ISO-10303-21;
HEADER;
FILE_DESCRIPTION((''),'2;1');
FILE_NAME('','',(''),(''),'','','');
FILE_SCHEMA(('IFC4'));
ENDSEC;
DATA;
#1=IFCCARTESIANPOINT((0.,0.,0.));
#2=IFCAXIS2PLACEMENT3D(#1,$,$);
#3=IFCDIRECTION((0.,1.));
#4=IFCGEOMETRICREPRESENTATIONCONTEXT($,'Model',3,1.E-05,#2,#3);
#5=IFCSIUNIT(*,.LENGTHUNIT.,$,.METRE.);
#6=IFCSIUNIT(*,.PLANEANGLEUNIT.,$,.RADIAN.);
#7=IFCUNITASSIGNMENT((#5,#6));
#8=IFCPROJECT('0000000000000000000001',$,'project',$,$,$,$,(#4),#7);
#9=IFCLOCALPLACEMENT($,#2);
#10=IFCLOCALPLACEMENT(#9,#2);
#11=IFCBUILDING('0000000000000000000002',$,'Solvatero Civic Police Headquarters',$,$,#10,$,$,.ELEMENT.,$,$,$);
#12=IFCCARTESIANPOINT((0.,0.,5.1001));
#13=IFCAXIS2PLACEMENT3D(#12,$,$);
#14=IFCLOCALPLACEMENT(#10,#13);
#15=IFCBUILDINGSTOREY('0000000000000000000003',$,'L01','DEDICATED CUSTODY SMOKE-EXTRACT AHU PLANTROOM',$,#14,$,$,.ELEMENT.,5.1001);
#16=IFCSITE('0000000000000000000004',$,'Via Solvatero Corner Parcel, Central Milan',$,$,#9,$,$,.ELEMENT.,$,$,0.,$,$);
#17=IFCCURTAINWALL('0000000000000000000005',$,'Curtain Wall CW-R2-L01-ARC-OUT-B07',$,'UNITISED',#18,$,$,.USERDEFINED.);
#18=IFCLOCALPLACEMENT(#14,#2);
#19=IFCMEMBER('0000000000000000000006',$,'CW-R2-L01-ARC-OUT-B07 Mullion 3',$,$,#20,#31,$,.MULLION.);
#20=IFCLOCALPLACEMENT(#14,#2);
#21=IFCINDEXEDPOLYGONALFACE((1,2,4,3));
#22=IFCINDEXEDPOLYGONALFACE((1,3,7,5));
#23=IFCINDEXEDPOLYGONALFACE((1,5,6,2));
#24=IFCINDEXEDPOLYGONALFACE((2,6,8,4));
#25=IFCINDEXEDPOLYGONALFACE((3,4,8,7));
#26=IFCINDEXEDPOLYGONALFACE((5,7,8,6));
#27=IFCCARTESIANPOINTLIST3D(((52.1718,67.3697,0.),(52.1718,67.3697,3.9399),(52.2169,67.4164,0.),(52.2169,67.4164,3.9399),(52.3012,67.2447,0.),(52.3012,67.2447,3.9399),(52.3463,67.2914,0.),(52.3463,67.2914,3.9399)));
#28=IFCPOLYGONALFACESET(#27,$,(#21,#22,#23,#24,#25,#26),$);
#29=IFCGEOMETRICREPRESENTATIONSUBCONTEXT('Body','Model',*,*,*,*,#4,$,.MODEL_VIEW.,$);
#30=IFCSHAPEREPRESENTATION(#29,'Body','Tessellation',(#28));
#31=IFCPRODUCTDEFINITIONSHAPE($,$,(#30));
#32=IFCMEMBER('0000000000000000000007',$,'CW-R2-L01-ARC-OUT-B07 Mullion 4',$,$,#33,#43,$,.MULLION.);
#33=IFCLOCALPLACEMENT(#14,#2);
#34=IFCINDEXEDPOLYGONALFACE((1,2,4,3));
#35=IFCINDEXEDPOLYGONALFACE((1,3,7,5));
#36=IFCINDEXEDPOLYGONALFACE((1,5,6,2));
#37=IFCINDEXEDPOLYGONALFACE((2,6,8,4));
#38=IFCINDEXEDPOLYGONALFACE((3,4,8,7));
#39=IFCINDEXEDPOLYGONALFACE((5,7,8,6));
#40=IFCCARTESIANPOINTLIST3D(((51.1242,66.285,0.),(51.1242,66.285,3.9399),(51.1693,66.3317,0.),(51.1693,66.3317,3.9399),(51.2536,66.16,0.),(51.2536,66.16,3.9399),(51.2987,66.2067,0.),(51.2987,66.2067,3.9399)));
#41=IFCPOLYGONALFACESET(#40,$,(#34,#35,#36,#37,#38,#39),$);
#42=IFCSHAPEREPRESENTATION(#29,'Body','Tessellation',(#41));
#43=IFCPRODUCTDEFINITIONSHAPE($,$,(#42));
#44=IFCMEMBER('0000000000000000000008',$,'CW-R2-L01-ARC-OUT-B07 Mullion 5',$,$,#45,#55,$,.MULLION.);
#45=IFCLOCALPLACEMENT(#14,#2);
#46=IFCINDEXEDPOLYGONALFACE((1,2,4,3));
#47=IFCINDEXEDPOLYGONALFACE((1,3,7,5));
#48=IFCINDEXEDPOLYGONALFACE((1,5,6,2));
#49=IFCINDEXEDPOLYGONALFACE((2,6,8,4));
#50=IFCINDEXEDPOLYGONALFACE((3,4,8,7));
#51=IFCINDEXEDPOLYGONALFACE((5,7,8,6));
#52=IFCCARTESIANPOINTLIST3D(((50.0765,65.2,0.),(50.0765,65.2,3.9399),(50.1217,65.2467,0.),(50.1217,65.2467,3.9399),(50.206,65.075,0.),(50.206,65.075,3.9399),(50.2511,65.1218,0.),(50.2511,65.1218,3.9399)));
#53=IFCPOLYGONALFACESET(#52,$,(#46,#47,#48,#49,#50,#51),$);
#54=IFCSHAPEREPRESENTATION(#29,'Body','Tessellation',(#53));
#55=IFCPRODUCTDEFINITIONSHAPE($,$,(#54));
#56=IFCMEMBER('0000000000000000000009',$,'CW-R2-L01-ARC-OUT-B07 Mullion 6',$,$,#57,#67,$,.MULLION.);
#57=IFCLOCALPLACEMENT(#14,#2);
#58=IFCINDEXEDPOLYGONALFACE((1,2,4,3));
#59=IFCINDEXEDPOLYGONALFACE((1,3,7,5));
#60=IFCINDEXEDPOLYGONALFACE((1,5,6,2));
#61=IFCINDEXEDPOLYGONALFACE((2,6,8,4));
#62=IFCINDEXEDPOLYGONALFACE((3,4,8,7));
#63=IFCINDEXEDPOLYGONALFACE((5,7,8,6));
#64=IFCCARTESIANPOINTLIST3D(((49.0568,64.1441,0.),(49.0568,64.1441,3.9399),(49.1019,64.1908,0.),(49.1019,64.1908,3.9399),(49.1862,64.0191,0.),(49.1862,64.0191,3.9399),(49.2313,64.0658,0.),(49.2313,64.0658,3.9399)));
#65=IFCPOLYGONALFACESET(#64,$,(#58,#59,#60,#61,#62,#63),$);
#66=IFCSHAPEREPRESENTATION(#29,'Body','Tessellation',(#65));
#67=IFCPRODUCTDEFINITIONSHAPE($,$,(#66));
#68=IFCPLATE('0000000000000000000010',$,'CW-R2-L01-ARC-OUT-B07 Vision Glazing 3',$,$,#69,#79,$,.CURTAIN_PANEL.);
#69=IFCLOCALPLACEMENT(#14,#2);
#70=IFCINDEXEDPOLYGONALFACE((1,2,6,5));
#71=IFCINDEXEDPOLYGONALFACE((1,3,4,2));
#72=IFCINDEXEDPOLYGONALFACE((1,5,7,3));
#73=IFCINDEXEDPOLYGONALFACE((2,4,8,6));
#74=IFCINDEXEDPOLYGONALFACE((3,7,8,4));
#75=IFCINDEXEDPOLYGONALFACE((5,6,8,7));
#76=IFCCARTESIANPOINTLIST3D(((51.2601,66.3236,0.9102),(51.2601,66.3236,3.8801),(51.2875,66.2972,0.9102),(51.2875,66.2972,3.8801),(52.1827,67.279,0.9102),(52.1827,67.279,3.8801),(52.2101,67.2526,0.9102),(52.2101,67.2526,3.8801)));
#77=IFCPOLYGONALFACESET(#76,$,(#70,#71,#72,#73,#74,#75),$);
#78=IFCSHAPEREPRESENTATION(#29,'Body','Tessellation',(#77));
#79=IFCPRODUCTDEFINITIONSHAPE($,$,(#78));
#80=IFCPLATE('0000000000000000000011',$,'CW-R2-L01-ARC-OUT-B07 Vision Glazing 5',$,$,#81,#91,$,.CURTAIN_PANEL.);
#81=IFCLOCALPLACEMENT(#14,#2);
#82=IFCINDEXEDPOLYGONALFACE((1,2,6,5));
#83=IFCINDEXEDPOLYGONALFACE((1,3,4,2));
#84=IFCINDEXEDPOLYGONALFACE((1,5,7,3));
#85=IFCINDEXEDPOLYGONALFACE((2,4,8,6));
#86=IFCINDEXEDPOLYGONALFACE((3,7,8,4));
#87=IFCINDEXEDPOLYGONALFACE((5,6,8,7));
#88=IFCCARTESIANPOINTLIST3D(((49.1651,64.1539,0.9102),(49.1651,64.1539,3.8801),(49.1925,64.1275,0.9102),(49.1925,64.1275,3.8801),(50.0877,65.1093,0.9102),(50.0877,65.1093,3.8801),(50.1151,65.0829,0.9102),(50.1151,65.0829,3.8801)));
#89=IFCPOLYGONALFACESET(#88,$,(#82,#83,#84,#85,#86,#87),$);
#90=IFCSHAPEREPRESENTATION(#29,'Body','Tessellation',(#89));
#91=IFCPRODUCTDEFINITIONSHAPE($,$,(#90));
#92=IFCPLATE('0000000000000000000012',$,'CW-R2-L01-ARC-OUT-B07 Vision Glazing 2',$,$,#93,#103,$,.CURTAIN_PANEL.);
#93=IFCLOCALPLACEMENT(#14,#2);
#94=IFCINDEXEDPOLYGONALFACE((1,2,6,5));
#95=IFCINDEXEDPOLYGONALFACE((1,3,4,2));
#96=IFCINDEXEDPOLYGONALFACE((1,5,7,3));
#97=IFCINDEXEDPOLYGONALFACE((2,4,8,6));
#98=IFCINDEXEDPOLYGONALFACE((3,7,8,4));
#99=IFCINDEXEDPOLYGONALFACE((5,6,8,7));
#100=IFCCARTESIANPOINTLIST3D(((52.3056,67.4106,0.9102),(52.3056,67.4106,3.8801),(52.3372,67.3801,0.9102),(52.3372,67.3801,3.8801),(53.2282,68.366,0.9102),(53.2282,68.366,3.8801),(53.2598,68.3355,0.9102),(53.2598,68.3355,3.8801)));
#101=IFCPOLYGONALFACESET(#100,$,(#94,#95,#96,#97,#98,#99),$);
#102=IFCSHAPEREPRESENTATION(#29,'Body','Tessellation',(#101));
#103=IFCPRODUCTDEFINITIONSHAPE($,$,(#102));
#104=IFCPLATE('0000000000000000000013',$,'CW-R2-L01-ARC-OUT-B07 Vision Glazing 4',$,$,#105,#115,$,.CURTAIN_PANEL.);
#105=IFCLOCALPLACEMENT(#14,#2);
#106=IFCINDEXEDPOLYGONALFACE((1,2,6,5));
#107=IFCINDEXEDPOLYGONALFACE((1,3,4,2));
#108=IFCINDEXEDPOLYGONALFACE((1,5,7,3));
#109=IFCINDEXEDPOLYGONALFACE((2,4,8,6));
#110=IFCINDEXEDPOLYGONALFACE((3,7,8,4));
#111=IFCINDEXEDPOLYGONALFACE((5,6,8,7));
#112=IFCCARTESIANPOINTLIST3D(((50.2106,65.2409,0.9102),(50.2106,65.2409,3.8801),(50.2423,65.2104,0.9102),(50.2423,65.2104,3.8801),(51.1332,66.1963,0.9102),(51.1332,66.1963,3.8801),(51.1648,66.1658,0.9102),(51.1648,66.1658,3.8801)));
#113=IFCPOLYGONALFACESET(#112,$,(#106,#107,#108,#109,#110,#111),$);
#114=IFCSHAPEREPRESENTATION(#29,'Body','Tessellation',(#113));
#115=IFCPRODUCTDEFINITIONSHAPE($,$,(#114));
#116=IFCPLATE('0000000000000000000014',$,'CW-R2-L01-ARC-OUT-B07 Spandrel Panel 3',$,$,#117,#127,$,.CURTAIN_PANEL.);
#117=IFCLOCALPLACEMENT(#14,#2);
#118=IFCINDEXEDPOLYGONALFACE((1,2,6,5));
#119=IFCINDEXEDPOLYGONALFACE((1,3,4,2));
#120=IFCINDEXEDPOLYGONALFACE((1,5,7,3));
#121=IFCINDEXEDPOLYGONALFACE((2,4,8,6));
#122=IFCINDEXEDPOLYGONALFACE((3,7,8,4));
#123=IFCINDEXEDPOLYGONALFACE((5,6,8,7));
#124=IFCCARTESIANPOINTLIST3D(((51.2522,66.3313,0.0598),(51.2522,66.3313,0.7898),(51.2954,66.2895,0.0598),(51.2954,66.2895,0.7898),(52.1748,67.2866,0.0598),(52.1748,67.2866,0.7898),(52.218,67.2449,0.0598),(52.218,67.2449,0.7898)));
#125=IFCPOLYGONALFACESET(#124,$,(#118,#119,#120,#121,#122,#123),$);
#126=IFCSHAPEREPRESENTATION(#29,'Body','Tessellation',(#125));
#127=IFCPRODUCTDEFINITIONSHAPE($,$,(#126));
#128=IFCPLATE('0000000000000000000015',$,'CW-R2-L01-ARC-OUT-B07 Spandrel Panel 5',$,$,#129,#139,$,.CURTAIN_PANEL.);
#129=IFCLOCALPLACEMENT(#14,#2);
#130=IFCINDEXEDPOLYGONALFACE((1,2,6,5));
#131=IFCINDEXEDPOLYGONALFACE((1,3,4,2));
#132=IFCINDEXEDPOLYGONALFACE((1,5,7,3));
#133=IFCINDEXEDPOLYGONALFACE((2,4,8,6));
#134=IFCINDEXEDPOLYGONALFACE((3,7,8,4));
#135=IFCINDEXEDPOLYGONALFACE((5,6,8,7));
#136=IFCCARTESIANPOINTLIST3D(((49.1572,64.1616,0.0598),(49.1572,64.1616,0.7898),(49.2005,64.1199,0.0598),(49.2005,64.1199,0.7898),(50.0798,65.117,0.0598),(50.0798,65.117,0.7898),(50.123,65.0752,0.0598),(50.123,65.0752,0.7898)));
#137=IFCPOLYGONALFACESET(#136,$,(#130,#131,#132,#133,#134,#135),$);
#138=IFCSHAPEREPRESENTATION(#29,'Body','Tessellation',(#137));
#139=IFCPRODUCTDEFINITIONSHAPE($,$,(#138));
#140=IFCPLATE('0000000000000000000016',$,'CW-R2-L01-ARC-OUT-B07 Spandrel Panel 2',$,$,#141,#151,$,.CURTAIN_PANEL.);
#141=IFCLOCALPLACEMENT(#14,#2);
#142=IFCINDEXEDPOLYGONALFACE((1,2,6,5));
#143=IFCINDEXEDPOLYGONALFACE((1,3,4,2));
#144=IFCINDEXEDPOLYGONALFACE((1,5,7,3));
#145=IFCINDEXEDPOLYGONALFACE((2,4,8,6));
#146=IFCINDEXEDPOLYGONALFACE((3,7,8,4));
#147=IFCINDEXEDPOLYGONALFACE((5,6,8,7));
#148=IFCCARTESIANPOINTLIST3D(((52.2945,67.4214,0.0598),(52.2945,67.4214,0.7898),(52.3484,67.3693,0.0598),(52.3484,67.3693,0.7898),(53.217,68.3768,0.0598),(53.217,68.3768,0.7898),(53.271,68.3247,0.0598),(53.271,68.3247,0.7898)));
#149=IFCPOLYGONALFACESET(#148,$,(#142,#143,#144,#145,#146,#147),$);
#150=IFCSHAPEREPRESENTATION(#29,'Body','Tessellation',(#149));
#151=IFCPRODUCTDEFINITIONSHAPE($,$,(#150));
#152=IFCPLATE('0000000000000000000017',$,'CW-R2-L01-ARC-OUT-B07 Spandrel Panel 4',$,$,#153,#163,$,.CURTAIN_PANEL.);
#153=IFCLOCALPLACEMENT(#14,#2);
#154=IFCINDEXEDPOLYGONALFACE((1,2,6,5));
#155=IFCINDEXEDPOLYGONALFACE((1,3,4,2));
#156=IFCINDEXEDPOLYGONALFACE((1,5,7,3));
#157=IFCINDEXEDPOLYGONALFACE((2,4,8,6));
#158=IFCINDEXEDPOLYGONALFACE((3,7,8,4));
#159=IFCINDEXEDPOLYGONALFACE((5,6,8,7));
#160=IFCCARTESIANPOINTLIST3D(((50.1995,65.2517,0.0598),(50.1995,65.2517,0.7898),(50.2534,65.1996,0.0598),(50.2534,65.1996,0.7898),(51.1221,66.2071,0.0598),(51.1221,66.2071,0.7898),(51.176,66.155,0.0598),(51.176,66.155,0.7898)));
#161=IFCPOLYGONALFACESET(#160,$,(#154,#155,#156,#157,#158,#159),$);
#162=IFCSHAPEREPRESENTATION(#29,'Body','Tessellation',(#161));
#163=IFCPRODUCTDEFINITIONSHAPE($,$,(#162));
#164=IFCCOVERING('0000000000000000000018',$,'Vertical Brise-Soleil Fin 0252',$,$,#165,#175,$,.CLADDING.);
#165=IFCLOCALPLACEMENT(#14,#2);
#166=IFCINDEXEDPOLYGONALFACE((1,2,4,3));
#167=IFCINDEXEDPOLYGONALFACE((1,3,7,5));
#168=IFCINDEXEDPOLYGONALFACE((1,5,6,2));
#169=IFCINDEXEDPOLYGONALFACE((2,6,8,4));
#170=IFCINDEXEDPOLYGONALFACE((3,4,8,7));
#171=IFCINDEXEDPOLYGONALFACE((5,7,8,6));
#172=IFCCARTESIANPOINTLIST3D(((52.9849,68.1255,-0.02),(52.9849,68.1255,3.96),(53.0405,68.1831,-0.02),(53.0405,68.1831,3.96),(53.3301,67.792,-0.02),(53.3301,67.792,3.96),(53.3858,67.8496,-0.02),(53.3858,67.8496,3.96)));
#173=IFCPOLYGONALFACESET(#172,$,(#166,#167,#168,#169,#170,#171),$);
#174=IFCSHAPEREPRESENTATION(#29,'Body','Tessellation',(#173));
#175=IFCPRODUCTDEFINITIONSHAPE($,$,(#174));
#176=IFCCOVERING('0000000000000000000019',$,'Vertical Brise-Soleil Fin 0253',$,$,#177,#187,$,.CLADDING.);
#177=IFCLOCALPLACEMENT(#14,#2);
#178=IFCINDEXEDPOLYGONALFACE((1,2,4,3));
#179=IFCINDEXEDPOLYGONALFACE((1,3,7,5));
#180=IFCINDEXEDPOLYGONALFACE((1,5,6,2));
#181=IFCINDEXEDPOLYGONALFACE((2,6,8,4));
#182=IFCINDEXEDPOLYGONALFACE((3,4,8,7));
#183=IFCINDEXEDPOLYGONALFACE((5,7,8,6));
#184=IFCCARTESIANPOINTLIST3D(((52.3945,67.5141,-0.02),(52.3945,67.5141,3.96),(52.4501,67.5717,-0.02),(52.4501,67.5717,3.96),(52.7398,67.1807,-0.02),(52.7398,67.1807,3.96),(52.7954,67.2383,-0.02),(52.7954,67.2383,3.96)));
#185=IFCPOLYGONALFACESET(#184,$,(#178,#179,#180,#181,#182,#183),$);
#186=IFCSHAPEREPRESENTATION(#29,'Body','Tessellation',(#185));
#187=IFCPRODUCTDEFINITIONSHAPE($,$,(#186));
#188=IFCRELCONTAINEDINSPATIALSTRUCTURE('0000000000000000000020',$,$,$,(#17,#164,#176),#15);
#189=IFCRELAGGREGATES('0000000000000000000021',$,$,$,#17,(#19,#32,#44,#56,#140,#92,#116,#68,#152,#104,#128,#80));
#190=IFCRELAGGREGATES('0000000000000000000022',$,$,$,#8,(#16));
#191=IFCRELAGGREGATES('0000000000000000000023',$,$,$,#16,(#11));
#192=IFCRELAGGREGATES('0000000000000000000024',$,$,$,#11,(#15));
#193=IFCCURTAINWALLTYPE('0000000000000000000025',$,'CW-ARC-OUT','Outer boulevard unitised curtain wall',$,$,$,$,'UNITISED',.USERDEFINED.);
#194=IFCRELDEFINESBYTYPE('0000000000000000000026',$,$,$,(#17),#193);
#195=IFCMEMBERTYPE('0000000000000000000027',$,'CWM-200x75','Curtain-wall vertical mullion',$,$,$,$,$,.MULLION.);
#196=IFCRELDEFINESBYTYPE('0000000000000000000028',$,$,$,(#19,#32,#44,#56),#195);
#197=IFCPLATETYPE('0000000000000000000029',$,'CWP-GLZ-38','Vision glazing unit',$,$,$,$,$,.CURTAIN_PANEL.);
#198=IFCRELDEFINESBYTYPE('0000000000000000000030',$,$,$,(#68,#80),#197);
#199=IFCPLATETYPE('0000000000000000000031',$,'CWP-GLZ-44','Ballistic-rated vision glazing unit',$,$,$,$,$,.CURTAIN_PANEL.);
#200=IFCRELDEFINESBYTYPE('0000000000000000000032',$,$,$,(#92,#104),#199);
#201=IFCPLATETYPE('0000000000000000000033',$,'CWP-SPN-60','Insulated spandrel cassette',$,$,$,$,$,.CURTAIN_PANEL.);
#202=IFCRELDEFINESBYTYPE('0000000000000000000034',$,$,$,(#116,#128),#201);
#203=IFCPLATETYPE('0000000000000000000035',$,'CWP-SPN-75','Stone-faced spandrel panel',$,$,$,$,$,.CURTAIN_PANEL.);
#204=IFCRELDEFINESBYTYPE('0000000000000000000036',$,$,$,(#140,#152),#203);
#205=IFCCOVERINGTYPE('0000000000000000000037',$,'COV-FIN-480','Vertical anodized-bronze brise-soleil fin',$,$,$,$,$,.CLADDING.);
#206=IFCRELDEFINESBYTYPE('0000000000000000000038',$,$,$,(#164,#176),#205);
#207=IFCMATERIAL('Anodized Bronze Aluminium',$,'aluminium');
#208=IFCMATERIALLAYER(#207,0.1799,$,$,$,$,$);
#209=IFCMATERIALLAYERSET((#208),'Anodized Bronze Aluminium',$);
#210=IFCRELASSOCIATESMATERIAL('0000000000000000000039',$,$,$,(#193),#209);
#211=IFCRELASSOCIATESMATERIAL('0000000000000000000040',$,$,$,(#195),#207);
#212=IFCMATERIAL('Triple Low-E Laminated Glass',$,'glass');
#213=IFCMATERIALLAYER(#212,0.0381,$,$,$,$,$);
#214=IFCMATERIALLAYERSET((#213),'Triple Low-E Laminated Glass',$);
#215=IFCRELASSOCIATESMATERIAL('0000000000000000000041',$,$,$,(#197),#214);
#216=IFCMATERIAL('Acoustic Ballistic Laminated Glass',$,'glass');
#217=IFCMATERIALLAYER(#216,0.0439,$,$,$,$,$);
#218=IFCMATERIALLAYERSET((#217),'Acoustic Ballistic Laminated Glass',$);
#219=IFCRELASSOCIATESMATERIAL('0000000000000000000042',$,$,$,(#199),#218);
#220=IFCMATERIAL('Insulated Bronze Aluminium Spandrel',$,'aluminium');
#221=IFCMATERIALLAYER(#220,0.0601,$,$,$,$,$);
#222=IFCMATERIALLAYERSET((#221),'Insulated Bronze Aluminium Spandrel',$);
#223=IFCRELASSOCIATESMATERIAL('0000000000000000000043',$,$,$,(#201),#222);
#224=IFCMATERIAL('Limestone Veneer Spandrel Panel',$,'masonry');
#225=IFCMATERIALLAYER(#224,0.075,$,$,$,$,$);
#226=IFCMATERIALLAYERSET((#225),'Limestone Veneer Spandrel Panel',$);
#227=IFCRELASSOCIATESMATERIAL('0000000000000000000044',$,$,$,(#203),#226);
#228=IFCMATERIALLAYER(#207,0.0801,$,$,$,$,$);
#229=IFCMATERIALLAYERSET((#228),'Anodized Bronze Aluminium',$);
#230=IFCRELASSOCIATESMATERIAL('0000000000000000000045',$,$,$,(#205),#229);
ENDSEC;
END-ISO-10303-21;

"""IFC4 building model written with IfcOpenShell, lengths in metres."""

from ifc_helpers import new_model, si_unit, direction, frame, origin, origin_2d, place, context, subcontext, project, spatial, rectangle, extrude, material, layer, layer_set, material_profile, profile_set, type_object, element, aggregate, save


model = new_model("IFC4")

# Units and contexts
model_context = context("Model", 3, precision=1e-05, world=origin(), true_north=direction((0.0, 1.0)))
body_context = subcontext(model_context, "Body", "Model", "MODEL_VIEW")
ifc_project = project(units=[si_unit("LENGTHUNIT", "METRE"), si_unit("PLANEANGLEUNIT", "RADIAN")], contexts=[model_context])

# Site, building, storey
site_placement = place(None, origin())
site = spatial("IfcSite", under=ifc_project, at=site_placement, Name="Via Solvatero Corner Parcel, Central Milan", CompositionType="ELEMENT", RefElevation=0.0)
building_placement = place(site_placement, origin())
building = spatial("IfcBuilding", under=site, at=building_placement, Name="Solvatero Civic Police Headquarters", CompositionType="ELEMENT")
storey_placement = place(building_placement, frame((0.0, 0.0, 5.1001)))
storey = spatial("IfcBuildingStorey", under=building, at=storey_placement, Name="L01", Description="DEDICATED CUSTODY SMOKE-EXTRACT AHU PLANTROOM", CompositionType="ELEMENT", Elevation=5.1001)

# Curtain wall, members, plates
ifc_material_1 = material(Name="Anodized Bronze Aluminium", Category="aluminium")
ifc_layer_1 = layer(ifc_material_1, 0.1799)
ifc_layer_set_1 = layer_set([ifc_layer_1], Name="Anodized Bronze Aluminium")
curtain_wall_type = type_object("IfcCurtainWallType", Name="CW-ARC-OUT", Description="Outer boulevard unitised curtain wall", ElementType="UNITISED", PredefinedType="USERDEFINED", material=ifc_layer_set_1)
curtain_wall_placement = place(storey_placement, origin())
curtain_wall = element("IfcCurtainWall", 1, at=curtain_wall_placement, inside=storey, type_object=curtain_wall_type, Name="Curtain Wall CW-R2-L01-ARC-OUT-B07", ObjectType="UNITISED", PredefinedType="USERDEFINED")
ifc_material_profile = material_profile(ifc_material_1, rectangle(XDim=0.0649, YDim=0.1799, at=origin_2d()), Name="ALU MULLION 65x180")
ifc_profile_set = profile_set([ifc_material_profile], Name="Anodized Bronze Aluminium")
member_type = type_object("IfcMemberType", Name="CWM-200x75", Description="Curtain-wall vertical mullion", PredefinedType="MULLION", material=ifc_profile_set)
member_1_placement = place(storey_placement, frame((52.259, 67.3306, 0.0), z_axis=(0.0, 0.0, 1.0), x_axis=(-0.694646, -0.719352, 0.0)))
member_1 = element("IfcMember", 2, at=member_1_placement, type_object=member_type, Name="CW-R2-L01-ARC-OUT-B07 Mullion 3", PredefinedType="MULLION", context=body_context, shape_type="SweptSolid", body=[
    extrude(rectangle(XDim=0.0649, YDim=0.1799, at=origin_2d()), origin(), (0.0, 0.0, 1.0), 3.9399),
])
member_2_placement = place(storey_placement, frame((51.2114, 66.2458, 0.0), z_axis=(0.0, 0.0, 1.0), x_axis=(-0.694646, -0.719352, 0.0)))
member_2 = element("IfcMember", 3, at=member_2_placement, type_object=member_type, Name="CW-R2-L01-ARC-OUT-B07 Mullion 4", PredefinedType="MULLION", context=body_context, shape_type="SweptSolid", body=[
    extrude(rectangle(XDim=0.0649, YDim=0.1799, at=origin_2d()), origin(), (0.0, 0.0, 1.0), 3.9399),
])
member_3_placement = place(storey_placement, frame((50.1638, 65.1609, 0.0), z_axis=(0.0, 0.0, 1.0), x_axis=(-0.694646, -0.719352, 0.0)))
member_3 = element("IfcMember", 4, at=member_3_placement, type_object=member_type, Name="CW-R2-L01-ARC-OUT-B07 Mullion 5", PredefinedType="MULLION", context=body_context, shape_type="SweptSolid", body=[
    extrude(rectangle(XDim=0.0649, YDim=0.1799, at=origin_2d()), origin(), (0.0, 0.0, 1.0), 3.9399),
])
member_4_placement = place(storey_placement, frame((49.144, 64.105, 0.0), z_axis=(0.0, 0.0, 1.0), x_axis=(-0.694646, -0.719352, 0.0)))
member_4 = element("IfcMember", 5, at=member_4_placement, type_object=member_type, Name="CW-R2-L01-ARC-OUT-B07 Mullion 6", PredefinedType="MULLION", context=body_context, shape_type="SweptSolid", body=[
    extrude(rectangle(XDim=0.0649, YDim=0.1799, at=origin_2d()), origin(), (0.0, 0.0, 1.0), 3.9399),
])
ifc_material_2 = material(Name="Triple Low-E Laminated Glass", Category="glass")
ifc_layer_2 = layer(ifc_material_2, 0.0381)
ifc_layer_set_2 = layer_set([ifc_layer_2], Name="Triple Low-E Laminated Glass")
plate_type_1 = type_object("IfcPlateType", Name="CWP-GLZ-38", Description="Vision glazing unit", PredefinedType="CURTAIN_PANEL", material=ifc_layer_set_2)
plate_1_placement = place(storey_placement, frame((51.7351, 66.7881, 0.9102), z_axis=(0.0, 0.0, 1.0), x_axis=(-0.694646, -0.719352, 0.0)))
plate_1 = element("IfcPlate", 6, at=plate_1_placement, type_object=plate_type_1, Name="CW-R2-L01-ARC-OUT-B07 Vision Glazing 3", PredefinedType="CURTAIN_PANEL", context=body_context, shape_type="SweptSolid", body=[
    extrude(rectangle(XDim=1.3281, YDim=0.0381, at=origin_2d()), origin(), (0.0, 0.0, 1.0), 2.97),
])
plate_2_placement = place(storey_placement, frame((49.6401, 64.6184, 0.9102), z_axis=(0.0, 0.0, 1.0), x_axis=(-0.694646, -0.719352, 0.0)))
plate_2 = element("IfcPlate", 7, at=plate_2_placement, type_object=plate_type_1, Name="CW-R2-L01-ARC-OUT-B07 Vision Glazing 5", PredefinedType="CURTAIN_PANEL", context=body_context, shape_type="SweptSolid", body=[
    extrude(rectangle(XDim=1.3281, YDim=0.0381, at=origin_2d()), origin(), (0.0, 0.0, 1.0), 2.97),
])
ifc_material_3 = material(Name="Acoustic Ballistic Laminated Glass", Category="glass")
ifc_layer_3 = layer(ifc_material_3, 0.0439)
ifc_layer_set_3 = layer_set([ifc_layer_3], Name="Acoustic Ballistic Laminated Glass")
plate_type_2 = type_object("IfcPlateType", Name="CWP-GLZ-44", Description="Ballistic-rated vision glazing unit", PredefinedType="CURTAIN_PANEL", material=ifc_layer_set_3)
plate_3_placement = place(storey_placement, frame((52.7827, 67.873, 0.9102), z_axis=(0.0, 0.0, 1.0), x_axis=(-0.694646, -0.719352, 0.0)))
plate_3 = element("IfcPlate", 8, at=plate_3_placement, type_object=plate_type_2, Name="CW-R2-L01-ARC-OUT-B07 Vision Glazing 2", PredefinedType="CURTAIN_PANEL", context=body_context, shape_type="SweptSolid", body=[
    extrude(rectangle(XDim=1.3281, YDim=0.0439, at=origin_2d()), origin(), (0.0, 0.0, 1.0), 2.97),
])
plate_4_placement = place(storey_placement, frame((50.6877, 65.7034, 0.9102), z_axis=(0.0, 0.0, 1.0), x_axis=(-0.694646, -0.719352, 0.0)))
plate_4 = element("IfcPlate", 9, at=plate_4_placement, type_object=plate_type_2, Name="CW-R2-L01-ARC-OUT-B07 Vision Glazing 4", PredefinedType="CURTAIN_PANEL", context=body_context, shape_type="SweptSolid", body=[
    extrude(rectangle(XDim=1.3281, YDim=0.0439, at=origin_2d()), origin(), (0.0, 0.0, 1.0), 2.97),
])
ifc_material_4 = material(Name="Insulated Bronze Aluminium Spandrel", Category="aluminium")
ifc_layer_4 = layer(ifc_material_4, 0.0601)
ifc_layer_set_4 = layer_set([ifc_layer_4], Name="Insulated Bronze Aluminium Spandrel")
plate_type_3 = type_object("IfcPlateType", Name="CWP-SPN-60", Description="Insulated spandrel cassette", PredefinedType="CURTAIN_PANEL", material=ifc_layer_set_4)
plate_5_placement = place(storey_placement, frame((51.7351, 66.7881, 0.0598), z_axis=(0.0, 0.0, 1.0), x_axis=(-0.694646, -0.719352, 0.0)))
plate_5 = element("IfcPlate", 10, at=plate_5_placement, type_object=plate_type_3, Name="CW-R2-L01-ARC-OUT-B07 Spandrel Panel 3", PredefinedType="CURTAIN_PANEL", context=body_context, shape_type="SweptSolid", body=[
    extrude(rectangle(XDim=1.3281, YDim=0.0601, at=origin_2d()), origin(), (0.0, 0.0, 1.0), 0.73),
])
plate_6_placement = place(storey_placement, frame((49.6401, 64.6184, 0.0598), z_axis=(0.0, 0.0, 1.0), x_axis=(-0.694646, -0.719352, 0.0)))
plate_6 = element("IfcPlate", 11, at=plate_6_placement, type_object=plate_type_3, Name="CW-R2-L01-ARC-OUT-B07 Spandrel Panel 5", PredefinedType="CURTAIN_PANEL", context=body_context, shape_type="SweptSolid", body=[
    extrude(rectangle(XDim=1.3281, YDim=0.0601, at=origin_2d()), origin(), (0.0, 0.0, 1.0), 0.73),
])
ifc_material_5 = material(Name="Limestone Veneer Spandrel Panel", Category="masonry")
ifc_layer_5 = layer(ifc_material_5, 0.075)
ifc_layer_set_5 = layer_set([ifc_layer_5], Name="Limestone Veneer Spandrel Panel")
plate_type_4 = type_object("IfcPlateType", Name="CWP-SPN-75", Description="Stone-faced spandrel panel", PredefinedType="CURTAIN_PANEL", material=ifc_layer_set_5)
plate_7_placement = place(storey_placement, frame((52.7827, 67.873, 0.0598), z_axis=(0.0, 0.0, 1.0), x_axis=(-0.694646, -0.719352, 0.0)))
plate_7 = element("IfcPlate", 12, at=plate_7_placement, type_object=plate_type_4, Name="CW-R2-L01-ARC-OUT-B07 Spandrel Panel 2", PredefinedType="CURTAIN_PANEL", context=body_context, shape_type="SweptSolid", body=[
    extrude(rectangle(XDim=1.3281, YDim=0.075, at=origin_2d()), origin(), (0.0, 0.0, 1.0), 0.73),
])
plate_8_placement = place(storey_placement, frame((50.6877, 65.7034, 0.0598), z_axis=(0.0, 0.0, 1.0), x_axis=(-0.694646, -0.719352, 0.0)))
plate_8 = element("IfcPlate", 13, at=plate_8_placement, type_object=plate_type_4, Name="CW-R2-L01-ARC-OUT-B07 Spandrel Panel 4", PredefinedType="CURTAIN_PANEL", context=body_context, shape_type="SweptSolid", body=[
    extrude(rectangle(XDim=1.3281, YDim=0.075, at=origin_2d()), origin(), (0.0, 0.0, 1.0), 0.73),
])
aggregate(curtain_wall, [member_1, member_2, member_3, member_4, plate_7, plate_3, plate_5, plate_1, plate_8, plate_4, plate_6, plate_2])

# Coverings
ifc_layer_6 = layer(ifc_material_1, 0.0801)
ifc_layer_set_6 = layer_set([ifc_layer_6], Name="Anodized Bronze Aluminium")
covering_type = type_object("IfcCoveringType", Name="COV-FIN-480", Description="Vertical anodized-bronze brise-soleil fin", PredefinedType="CLADDING", material=ifc_layer_set_6)
for number, where, z_axis, x_axis, name in (
    (14, (53.1853, 67.9875, -0.02), (0.0, 0.0, 1.0), (-0.694646, -0.719352, 0.0), "Vertical Brise-Soleil Fin 0252"),
    (15, (52.595, 67.3762, -0.02), (0.0, 0.0, 1.0), (-0.694646, -0.719352, 0.0), "Vertical Brise-Soleil Fin 0253"),
):
    element("IfcCovering", number, at=place(storey_placement, frame(where, z_axis=z_axis, x_axis=x_axis)), inside=storey, type_object=covering_type, Name=name, PredefinedType="CLADDING", context=body_context, shape_type="SweptSolid", body=[
        extrude(rectangle(XDim=0.0801, YDim=0.48, at=origin_2d()), origin(), (0.0, 0.0, 1.0), 3.98),
    ])

save(model, "model.ifc")
